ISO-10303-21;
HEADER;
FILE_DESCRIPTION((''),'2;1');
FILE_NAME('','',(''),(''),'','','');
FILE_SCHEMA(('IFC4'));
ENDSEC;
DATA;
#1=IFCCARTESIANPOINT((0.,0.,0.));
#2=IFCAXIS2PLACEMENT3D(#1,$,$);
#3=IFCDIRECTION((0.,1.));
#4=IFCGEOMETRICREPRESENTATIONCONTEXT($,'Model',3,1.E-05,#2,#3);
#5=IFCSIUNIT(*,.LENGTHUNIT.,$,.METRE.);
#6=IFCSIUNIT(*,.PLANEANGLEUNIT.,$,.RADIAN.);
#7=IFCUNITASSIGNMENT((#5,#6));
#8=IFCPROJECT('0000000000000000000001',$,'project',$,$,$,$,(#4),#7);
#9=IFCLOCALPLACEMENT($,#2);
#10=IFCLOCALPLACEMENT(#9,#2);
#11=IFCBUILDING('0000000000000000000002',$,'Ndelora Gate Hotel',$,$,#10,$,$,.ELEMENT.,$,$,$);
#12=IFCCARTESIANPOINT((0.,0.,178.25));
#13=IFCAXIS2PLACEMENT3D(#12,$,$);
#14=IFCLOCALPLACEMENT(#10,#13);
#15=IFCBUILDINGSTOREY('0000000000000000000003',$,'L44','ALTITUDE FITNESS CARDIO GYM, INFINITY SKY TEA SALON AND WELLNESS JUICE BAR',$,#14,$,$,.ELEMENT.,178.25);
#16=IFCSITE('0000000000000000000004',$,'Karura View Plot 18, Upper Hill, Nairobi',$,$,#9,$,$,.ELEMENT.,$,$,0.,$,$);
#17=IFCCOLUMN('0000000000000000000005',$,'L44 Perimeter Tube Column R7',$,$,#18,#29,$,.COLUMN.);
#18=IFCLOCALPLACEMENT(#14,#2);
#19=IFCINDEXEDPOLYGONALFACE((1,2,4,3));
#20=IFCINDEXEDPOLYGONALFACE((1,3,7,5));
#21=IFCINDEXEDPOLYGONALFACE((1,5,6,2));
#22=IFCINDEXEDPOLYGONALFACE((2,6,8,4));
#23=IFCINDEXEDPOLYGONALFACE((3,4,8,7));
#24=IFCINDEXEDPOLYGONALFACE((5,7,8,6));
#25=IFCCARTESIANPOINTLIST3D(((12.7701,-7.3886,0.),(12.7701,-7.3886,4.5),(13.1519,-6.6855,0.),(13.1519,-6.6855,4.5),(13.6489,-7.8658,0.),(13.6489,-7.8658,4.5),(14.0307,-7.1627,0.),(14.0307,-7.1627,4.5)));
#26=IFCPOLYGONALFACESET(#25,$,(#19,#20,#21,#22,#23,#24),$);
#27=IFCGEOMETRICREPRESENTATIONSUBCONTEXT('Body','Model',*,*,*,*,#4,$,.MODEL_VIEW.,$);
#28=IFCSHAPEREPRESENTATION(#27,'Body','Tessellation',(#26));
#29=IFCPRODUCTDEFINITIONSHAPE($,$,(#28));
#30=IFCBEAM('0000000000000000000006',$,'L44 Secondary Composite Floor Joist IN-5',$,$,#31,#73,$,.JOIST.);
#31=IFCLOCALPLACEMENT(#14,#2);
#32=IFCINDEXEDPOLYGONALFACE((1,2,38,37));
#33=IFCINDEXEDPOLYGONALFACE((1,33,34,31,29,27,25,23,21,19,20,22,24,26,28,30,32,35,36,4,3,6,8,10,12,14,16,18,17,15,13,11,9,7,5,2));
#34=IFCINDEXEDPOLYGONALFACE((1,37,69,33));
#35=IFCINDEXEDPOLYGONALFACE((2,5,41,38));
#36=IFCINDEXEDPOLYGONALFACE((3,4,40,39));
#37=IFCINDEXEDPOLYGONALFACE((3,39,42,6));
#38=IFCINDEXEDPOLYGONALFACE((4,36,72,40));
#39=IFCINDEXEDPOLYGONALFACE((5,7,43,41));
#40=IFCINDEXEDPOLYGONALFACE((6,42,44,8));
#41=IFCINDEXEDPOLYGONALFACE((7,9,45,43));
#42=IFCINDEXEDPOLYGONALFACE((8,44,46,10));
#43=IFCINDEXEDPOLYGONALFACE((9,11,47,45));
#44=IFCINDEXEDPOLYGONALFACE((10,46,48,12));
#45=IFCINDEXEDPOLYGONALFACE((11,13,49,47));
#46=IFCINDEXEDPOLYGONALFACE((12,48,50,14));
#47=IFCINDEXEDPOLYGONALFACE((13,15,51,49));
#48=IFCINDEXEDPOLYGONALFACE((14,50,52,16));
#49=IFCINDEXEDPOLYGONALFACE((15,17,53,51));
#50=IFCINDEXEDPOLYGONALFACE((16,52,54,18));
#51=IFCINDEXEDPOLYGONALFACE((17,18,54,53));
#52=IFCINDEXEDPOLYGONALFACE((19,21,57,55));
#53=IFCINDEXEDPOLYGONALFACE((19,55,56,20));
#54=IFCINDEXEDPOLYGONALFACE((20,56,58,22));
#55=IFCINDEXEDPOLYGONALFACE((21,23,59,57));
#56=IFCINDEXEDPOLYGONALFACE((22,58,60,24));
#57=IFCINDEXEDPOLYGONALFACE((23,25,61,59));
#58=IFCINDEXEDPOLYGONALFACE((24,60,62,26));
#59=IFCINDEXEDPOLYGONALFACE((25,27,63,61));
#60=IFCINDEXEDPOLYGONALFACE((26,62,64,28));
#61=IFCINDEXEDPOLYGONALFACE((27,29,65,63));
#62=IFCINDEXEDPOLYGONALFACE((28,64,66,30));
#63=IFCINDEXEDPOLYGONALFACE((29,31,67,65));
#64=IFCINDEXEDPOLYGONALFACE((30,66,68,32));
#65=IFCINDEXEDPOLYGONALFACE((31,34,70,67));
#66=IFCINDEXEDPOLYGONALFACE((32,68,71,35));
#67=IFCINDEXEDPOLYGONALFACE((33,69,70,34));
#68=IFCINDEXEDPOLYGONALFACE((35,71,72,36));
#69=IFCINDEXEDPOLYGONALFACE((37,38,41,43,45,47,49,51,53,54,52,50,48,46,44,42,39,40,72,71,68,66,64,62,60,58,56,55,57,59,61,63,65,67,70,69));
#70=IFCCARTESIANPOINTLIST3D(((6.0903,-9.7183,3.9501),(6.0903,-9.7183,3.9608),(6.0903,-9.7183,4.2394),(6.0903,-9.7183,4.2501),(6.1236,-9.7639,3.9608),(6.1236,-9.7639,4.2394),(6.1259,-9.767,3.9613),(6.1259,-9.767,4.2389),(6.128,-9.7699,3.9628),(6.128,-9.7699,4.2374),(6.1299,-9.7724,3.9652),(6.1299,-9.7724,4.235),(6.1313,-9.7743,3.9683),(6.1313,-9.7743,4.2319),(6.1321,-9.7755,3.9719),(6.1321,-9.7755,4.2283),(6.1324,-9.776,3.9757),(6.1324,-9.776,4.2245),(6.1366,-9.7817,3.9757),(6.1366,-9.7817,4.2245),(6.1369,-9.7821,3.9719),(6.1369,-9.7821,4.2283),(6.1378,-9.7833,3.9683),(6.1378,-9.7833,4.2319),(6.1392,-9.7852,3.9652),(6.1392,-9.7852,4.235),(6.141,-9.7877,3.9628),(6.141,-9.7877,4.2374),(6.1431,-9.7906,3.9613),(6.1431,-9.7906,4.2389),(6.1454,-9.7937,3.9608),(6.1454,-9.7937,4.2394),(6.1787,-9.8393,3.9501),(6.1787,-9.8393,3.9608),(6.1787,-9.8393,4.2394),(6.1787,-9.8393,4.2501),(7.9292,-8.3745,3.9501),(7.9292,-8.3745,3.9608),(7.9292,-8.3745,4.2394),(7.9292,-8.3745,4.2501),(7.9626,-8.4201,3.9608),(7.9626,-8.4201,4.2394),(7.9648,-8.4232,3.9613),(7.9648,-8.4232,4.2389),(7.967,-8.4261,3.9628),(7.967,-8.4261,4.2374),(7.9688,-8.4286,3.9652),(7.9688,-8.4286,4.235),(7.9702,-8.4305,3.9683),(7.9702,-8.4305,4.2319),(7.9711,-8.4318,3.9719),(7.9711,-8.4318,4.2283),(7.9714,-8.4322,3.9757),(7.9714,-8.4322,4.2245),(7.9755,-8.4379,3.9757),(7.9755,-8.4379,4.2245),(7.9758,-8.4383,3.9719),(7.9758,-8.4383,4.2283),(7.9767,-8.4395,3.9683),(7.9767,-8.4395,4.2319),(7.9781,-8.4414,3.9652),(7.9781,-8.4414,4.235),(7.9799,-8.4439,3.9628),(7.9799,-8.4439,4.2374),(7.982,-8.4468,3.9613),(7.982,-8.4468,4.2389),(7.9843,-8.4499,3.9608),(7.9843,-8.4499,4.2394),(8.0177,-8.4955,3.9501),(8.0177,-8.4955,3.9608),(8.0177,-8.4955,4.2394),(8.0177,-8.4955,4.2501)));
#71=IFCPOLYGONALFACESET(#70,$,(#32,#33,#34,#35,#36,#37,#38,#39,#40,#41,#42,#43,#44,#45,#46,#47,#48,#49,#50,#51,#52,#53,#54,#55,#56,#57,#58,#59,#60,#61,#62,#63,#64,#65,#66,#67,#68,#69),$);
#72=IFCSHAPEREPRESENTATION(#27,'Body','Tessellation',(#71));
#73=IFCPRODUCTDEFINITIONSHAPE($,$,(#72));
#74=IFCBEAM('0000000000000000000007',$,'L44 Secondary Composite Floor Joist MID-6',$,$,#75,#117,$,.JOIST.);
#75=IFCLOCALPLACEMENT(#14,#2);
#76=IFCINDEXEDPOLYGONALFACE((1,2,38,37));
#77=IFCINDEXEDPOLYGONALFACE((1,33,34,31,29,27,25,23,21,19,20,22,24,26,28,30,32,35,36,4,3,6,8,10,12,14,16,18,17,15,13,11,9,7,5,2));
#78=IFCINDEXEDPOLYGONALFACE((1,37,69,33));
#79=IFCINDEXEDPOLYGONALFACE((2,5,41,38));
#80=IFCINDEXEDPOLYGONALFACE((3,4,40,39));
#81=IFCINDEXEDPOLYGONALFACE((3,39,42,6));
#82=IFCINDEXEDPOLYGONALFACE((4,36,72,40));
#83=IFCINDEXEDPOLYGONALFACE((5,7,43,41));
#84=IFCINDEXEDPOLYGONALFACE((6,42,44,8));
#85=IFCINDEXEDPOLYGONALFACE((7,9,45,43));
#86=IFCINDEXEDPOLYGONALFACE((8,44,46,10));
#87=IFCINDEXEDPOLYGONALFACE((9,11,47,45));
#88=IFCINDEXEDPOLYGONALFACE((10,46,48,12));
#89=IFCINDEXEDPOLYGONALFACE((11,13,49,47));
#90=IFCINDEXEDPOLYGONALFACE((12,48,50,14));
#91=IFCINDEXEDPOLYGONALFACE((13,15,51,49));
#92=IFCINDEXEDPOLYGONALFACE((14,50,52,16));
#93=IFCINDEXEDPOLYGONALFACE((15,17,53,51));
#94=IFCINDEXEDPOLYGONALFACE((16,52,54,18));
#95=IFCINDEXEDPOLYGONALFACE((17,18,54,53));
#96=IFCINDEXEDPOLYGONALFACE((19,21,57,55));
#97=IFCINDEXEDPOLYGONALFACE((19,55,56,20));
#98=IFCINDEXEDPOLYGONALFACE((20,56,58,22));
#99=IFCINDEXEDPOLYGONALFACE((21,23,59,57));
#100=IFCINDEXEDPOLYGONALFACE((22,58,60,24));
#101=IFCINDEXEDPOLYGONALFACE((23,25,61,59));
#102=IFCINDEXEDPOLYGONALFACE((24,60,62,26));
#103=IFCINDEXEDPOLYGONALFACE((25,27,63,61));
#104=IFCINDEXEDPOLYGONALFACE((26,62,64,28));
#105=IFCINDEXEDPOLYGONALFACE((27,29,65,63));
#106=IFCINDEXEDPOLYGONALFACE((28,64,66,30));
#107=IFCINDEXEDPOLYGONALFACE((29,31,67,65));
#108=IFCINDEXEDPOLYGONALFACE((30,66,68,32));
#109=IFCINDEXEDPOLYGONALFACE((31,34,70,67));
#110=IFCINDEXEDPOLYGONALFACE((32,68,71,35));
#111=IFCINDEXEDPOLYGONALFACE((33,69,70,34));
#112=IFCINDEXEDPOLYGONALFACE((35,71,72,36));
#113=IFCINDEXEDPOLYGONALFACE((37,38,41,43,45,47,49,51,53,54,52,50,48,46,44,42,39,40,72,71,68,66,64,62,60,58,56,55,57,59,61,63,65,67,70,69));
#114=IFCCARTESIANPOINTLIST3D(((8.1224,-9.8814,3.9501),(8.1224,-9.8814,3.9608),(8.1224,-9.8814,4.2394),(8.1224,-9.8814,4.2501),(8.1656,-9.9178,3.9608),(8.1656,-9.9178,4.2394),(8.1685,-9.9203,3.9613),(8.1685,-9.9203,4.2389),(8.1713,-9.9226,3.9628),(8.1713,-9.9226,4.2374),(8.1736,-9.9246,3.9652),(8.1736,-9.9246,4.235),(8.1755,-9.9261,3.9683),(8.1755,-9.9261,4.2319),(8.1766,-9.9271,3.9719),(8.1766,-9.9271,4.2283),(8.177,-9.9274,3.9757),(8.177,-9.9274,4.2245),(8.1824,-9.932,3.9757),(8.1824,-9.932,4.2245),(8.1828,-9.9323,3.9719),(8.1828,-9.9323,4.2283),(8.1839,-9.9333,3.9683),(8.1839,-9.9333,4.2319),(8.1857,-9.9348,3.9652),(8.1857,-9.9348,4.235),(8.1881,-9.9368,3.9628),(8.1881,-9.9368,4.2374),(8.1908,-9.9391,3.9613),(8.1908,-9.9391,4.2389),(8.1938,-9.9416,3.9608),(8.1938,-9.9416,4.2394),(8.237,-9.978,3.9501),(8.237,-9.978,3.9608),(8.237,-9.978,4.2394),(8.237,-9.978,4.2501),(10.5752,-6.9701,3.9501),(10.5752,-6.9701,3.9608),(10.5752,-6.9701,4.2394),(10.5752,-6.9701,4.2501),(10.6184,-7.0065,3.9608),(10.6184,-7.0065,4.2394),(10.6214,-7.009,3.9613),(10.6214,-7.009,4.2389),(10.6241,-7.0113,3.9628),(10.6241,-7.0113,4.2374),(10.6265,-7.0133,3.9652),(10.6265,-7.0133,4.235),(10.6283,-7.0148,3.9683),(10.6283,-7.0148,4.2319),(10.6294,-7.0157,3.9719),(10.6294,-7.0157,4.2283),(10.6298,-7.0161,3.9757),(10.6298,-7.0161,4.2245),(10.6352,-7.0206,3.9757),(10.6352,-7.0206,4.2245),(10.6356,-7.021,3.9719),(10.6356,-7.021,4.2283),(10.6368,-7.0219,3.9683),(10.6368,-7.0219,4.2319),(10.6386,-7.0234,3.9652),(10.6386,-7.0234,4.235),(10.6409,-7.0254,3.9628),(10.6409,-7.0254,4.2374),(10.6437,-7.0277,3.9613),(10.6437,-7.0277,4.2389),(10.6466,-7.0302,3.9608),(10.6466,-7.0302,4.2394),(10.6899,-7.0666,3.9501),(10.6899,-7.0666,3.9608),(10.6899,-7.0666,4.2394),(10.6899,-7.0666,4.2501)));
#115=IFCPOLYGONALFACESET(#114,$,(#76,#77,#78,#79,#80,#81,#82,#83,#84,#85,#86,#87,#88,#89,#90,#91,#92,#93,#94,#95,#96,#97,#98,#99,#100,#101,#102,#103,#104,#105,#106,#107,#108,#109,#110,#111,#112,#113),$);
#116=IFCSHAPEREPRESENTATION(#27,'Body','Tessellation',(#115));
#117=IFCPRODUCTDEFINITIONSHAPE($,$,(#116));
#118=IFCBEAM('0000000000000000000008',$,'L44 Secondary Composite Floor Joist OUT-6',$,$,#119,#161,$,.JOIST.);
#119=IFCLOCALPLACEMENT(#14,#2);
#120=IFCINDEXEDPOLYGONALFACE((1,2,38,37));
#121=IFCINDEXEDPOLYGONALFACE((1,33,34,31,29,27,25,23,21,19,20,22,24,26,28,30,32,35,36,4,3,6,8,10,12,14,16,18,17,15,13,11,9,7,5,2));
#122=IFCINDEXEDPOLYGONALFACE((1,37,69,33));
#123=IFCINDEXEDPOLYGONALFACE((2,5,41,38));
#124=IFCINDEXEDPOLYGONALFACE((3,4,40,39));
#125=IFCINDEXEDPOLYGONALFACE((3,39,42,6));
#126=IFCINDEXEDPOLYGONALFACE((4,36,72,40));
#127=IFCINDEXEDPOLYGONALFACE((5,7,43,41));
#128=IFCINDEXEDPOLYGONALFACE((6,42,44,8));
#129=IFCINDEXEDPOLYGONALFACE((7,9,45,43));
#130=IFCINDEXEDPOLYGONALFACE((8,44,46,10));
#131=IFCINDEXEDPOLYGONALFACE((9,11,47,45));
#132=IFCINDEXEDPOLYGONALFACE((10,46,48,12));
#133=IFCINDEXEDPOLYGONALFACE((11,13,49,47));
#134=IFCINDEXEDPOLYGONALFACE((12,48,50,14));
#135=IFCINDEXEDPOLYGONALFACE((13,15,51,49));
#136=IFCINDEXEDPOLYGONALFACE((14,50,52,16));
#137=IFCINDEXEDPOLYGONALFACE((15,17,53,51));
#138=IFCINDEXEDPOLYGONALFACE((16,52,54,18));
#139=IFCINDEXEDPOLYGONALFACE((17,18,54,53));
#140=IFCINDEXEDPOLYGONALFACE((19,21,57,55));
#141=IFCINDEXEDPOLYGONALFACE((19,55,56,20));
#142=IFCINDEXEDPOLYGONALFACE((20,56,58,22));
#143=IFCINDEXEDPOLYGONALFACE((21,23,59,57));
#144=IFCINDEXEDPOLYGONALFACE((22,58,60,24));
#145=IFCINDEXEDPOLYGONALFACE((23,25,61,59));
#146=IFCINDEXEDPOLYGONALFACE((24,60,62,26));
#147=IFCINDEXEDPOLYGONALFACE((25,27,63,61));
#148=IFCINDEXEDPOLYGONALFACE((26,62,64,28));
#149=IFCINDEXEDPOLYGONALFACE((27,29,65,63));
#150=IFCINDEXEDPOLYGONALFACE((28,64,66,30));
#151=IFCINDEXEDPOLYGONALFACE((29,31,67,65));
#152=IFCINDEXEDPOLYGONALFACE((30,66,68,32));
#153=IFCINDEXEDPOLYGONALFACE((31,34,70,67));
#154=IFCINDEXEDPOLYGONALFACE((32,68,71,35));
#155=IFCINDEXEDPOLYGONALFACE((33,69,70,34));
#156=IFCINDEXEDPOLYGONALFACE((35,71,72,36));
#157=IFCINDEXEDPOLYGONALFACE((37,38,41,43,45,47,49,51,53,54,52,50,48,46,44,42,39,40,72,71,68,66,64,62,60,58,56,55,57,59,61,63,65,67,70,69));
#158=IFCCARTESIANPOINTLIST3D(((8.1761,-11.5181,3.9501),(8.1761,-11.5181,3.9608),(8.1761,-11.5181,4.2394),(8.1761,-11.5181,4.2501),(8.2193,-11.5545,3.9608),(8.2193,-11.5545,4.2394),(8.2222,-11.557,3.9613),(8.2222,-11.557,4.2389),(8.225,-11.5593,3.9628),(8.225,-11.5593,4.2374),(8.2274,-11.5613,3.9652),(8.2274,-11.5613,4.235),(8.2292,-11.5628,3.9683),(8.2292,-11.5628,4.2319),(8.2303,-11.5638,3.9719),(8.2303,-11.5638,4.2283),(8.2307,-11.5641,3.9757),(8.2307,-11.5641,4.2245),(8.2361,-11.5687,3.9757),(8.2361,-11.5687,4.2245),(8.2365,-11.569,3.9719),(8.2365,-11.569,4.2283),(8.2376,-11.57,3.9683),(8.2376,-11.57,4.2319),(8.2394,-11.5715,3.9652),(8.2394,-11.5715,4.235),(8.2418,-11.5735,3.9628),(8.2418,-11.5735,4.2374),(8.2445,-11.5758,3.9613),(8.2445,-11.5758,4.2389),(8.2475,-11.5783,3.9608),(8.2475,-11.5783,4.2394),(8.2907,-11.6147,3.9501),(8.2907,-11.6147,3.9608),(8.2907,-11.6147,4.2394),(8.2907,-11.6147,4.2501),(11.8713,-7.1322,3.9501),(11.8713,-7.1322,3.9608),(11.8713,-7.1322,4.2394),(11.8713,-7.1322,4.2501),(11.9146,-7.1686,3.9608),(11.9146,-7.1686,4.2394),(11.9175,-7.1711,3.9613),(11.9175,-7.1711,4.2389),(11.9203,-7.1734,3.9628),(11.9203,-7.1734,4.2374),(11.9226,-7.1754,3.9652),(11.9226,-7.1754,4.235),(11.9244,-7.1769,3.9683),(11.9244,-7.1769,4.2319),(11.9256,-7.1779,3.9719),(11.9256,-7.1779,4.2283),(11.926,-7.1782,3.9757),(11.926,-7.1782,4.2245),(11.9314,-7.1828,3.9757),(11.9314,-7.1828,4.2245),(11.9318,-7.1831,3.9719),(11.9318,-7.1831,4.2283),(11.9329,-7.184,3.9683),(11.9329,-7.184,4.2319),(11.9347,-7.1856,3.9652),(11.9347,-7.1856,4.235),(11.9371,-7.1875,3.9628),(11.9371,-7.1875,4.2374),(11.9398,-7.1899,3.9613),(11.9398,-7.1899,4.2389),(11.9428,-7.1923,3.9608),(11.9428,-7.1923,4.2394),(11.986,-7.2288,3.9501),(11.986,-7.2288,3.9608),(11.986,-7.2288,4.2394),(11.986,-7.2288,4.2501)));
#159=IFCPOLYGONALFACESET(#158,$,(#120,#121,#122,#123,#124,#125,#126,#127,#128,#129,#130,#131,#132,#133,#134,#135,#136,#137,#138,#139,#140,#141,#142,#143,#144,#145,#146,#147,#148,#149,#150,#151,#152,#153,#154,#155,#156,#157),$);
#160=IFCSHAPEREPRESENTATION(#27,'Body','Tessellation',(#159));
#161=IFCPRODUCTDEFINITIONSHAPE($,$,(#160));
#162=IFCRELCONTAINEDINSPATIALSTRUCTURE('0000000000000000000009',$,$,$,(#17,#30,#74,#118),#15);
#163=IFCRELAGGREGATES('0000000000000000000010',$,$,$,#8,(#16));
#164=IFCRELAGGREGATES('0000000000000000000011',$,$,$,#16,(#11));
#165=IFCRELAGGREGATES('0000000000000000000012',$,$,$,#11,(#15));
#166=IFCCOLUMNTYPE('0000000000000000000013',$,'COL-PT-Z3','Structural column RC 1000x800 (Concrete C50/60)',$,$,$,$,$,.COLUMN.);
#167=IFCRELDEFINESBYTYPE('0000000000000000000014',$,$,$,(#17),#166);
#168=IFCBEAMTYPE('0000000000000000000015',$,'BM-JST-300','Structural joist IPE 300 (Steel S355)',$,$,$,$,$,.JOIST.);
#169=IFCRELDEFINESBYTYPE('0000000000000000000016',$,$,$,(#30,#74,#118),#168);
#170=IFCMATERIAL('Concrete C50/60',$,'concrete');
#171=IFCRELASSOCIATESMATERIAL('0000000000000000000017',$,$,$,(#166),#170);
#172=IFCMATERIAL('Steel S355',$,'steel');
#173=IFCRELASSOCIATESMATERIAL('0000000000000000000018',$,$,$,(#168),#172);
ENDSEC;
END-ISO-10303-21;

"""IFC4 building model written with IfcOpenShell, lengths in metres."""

from ifc_helpers import new_model, si_unit, direction, frame, origin, origin_2d, place, context, subcontext, project, spatial, rectangle, i_section, extrude, material, material_profile, profile_set, type_object, element, save


model = new_model("IFC4")

# Units and contexts
model_context = context("Model", 3, precision=1e-05, world=origin(), true_north=direction((0.0, 1.0)))
body_context = subcontext(model_context, "Body", "Model", "MODEL_VIEW")
ifc_project = project(units=[si_unit("LENGTHUNIT", "METRE"), si_unit("PLANEANGLEUNIT", "RADIAN")], contexts=[model_context])

# Site, building, storey
site_placement = place(None, origin())
site = spatial("IfcSite", under=ifc_project, at=site_placement, Name="Karura View Plot 18, Upper Hill, Nairobi", CompositionType="ELEMENT", RefElevation=0.0)
building_placement = place(site_placement, origin())
building = spatial("IfcBuilding", under=site, at=building_placement, Name="Ndelora Gate Hotel", CompositionType="ELEMENT")
storey_placement = place(building_placement, frame((0.0, 0.0, 178.25)))
storey = spatial("IfcBuildingStorey", under=building, at=storey_placement, Name="L44", Description="ALTITUDE FITNESS CARDIO GYM, INFINITY SKY TEA SALON AND WELLNESS JUICE BAR", CompositionType="ELEMENT", Elevation=178.25)

# Column
ifc_material_1 = material(Name="Concrete C50/60", Category="concrete")
ifc_material_profile_1 = material_profile(ifc_material_1, rectangle(XDim=0.8, YDim=1.0, at=origin_2d()), Name="RC 1000x800")
ifc_profile_set_1 = profile_set([ifc_material_profile_1], Name="Concrete C50/60")
column_type = type_object("IfcColumnType", Name="COL-PT-Z3", Description="Structural column RC 1000x800 (Concrete C50/60)", PredefinedType="COLUMN", material=ifc_profile_set_1)
column_placement = place(storey_placement, frame((13.4004, -7.2756, 0.0), z_axis=(0.0, 0.0, 1.0), x_axis=(0.477159, 0.878817, 0.0)))
element("IfcColumn", 1, at=column_placement, inside=storey, type_object=column_type, Name="L44 Perimeter Tube Column R7", PredefinedType="COLUMN", context=body_context, shape_type="SweptSolid", body=[
    extrude(rectangle(XDim=0.8, YDim=1.0, at=origin_2d()), origin(), (0.0, 0.0, 1.0), 4.5),
])

# Beams
ifc_material_2 = material(Name="Steel S355", Category="steel")
ifc_material_profile_2 = material_profile(ifc_material_2, i_section(OverallWidth=0.1499, OverallDepth=0.3, WebThickness=0.0071, FlangeThickness=0.0107, FilletRadius=0.0149, at=origin_2d()), Name="IPE 300")
ifc_profile_set_2 = profile_set([ifc_material_profile_2], Name="Steel S355")
beam_type_1 = type_object("IfcBeamType", Name="BM-JST-300", Description="Structural joist IPE 300 (Steel S355)", PredefinedType="JOIST", material=ifc_profile_set_2)
beam_1_placement = place(storey_placement, frame((6.1345, -9.7788, 4.1001), z_axis=(0.807399, 0.590006, 0.0), x_axis=(-0.590006, 0.807399, 0.0)))
element("IfcBeam", 2, at=beam_1_placement, inside=storey, type_object=beam_type_1, Name="L44 Secondary Composite Floor Joist IN-5", PredefinedType="JOIST", context=body_context, shape_type="SweptSolid", body=[
    extrude(i_section(OverallWidth=0.1499, OverallDepth=0.3, WebThickness=0.0071, FlangeThickness=0.0107, FilletRadius=0.0149, at=origin_2d()), origin(), (0.0, 0.0, 1.0), 2.2776),
])
beam_2_placement = place(storey_placement, frame((8.1797, -9.9297, 4.1001), z_axis=(0.644319, 0.764757, 0.0), x_axis=(-0.764757, 0.644319, 0.0)))
element("IfcBeam", 3, at=beam_2_placement, inside=storey, type_object=beam_type_1, Name="L44 Secondary Composite Floor Joist MID-6", PredefinedType="JOIST", context=body_context, shape_type="SweptSolid", body=[
    extrude(i_section(OverallWidth=0.1499, OverallDepth=0.3, WebThickness=0.0071, FlangeThickness=0.0107, FilletRadius=0.0149, at=origin_2d()), origin(), (0.0, 0.0, 1.0), 3.8069),
])
beam_3_placement = place(storey_placement, frame((8.2334, -11.5664, 4.1001), z_axis=(0.644324, 0.764752, 0.0), x_axis=(-0.764752, 0.644324, 0.0)))
element("IfcBeam", 4, at=beam_3_placement, inside=storey, type_object=beam_type_1, Name="L44 Secondary Composite Floor Joist OUT-6", PredefinedType="JOIST", context=body_context, shape_type="SweptSolid", body=[
    extrude(i_section(OverallWidth=0.1499, OverallDepth=0.3, WebThickness=0.0071, FlangeThickness=0.0107, FilletRadius=0.0149, at=origin_2d()), origin(), (0.0, 0.0, 1.0), 5.7351),
])

save(model, "model.ifc")
